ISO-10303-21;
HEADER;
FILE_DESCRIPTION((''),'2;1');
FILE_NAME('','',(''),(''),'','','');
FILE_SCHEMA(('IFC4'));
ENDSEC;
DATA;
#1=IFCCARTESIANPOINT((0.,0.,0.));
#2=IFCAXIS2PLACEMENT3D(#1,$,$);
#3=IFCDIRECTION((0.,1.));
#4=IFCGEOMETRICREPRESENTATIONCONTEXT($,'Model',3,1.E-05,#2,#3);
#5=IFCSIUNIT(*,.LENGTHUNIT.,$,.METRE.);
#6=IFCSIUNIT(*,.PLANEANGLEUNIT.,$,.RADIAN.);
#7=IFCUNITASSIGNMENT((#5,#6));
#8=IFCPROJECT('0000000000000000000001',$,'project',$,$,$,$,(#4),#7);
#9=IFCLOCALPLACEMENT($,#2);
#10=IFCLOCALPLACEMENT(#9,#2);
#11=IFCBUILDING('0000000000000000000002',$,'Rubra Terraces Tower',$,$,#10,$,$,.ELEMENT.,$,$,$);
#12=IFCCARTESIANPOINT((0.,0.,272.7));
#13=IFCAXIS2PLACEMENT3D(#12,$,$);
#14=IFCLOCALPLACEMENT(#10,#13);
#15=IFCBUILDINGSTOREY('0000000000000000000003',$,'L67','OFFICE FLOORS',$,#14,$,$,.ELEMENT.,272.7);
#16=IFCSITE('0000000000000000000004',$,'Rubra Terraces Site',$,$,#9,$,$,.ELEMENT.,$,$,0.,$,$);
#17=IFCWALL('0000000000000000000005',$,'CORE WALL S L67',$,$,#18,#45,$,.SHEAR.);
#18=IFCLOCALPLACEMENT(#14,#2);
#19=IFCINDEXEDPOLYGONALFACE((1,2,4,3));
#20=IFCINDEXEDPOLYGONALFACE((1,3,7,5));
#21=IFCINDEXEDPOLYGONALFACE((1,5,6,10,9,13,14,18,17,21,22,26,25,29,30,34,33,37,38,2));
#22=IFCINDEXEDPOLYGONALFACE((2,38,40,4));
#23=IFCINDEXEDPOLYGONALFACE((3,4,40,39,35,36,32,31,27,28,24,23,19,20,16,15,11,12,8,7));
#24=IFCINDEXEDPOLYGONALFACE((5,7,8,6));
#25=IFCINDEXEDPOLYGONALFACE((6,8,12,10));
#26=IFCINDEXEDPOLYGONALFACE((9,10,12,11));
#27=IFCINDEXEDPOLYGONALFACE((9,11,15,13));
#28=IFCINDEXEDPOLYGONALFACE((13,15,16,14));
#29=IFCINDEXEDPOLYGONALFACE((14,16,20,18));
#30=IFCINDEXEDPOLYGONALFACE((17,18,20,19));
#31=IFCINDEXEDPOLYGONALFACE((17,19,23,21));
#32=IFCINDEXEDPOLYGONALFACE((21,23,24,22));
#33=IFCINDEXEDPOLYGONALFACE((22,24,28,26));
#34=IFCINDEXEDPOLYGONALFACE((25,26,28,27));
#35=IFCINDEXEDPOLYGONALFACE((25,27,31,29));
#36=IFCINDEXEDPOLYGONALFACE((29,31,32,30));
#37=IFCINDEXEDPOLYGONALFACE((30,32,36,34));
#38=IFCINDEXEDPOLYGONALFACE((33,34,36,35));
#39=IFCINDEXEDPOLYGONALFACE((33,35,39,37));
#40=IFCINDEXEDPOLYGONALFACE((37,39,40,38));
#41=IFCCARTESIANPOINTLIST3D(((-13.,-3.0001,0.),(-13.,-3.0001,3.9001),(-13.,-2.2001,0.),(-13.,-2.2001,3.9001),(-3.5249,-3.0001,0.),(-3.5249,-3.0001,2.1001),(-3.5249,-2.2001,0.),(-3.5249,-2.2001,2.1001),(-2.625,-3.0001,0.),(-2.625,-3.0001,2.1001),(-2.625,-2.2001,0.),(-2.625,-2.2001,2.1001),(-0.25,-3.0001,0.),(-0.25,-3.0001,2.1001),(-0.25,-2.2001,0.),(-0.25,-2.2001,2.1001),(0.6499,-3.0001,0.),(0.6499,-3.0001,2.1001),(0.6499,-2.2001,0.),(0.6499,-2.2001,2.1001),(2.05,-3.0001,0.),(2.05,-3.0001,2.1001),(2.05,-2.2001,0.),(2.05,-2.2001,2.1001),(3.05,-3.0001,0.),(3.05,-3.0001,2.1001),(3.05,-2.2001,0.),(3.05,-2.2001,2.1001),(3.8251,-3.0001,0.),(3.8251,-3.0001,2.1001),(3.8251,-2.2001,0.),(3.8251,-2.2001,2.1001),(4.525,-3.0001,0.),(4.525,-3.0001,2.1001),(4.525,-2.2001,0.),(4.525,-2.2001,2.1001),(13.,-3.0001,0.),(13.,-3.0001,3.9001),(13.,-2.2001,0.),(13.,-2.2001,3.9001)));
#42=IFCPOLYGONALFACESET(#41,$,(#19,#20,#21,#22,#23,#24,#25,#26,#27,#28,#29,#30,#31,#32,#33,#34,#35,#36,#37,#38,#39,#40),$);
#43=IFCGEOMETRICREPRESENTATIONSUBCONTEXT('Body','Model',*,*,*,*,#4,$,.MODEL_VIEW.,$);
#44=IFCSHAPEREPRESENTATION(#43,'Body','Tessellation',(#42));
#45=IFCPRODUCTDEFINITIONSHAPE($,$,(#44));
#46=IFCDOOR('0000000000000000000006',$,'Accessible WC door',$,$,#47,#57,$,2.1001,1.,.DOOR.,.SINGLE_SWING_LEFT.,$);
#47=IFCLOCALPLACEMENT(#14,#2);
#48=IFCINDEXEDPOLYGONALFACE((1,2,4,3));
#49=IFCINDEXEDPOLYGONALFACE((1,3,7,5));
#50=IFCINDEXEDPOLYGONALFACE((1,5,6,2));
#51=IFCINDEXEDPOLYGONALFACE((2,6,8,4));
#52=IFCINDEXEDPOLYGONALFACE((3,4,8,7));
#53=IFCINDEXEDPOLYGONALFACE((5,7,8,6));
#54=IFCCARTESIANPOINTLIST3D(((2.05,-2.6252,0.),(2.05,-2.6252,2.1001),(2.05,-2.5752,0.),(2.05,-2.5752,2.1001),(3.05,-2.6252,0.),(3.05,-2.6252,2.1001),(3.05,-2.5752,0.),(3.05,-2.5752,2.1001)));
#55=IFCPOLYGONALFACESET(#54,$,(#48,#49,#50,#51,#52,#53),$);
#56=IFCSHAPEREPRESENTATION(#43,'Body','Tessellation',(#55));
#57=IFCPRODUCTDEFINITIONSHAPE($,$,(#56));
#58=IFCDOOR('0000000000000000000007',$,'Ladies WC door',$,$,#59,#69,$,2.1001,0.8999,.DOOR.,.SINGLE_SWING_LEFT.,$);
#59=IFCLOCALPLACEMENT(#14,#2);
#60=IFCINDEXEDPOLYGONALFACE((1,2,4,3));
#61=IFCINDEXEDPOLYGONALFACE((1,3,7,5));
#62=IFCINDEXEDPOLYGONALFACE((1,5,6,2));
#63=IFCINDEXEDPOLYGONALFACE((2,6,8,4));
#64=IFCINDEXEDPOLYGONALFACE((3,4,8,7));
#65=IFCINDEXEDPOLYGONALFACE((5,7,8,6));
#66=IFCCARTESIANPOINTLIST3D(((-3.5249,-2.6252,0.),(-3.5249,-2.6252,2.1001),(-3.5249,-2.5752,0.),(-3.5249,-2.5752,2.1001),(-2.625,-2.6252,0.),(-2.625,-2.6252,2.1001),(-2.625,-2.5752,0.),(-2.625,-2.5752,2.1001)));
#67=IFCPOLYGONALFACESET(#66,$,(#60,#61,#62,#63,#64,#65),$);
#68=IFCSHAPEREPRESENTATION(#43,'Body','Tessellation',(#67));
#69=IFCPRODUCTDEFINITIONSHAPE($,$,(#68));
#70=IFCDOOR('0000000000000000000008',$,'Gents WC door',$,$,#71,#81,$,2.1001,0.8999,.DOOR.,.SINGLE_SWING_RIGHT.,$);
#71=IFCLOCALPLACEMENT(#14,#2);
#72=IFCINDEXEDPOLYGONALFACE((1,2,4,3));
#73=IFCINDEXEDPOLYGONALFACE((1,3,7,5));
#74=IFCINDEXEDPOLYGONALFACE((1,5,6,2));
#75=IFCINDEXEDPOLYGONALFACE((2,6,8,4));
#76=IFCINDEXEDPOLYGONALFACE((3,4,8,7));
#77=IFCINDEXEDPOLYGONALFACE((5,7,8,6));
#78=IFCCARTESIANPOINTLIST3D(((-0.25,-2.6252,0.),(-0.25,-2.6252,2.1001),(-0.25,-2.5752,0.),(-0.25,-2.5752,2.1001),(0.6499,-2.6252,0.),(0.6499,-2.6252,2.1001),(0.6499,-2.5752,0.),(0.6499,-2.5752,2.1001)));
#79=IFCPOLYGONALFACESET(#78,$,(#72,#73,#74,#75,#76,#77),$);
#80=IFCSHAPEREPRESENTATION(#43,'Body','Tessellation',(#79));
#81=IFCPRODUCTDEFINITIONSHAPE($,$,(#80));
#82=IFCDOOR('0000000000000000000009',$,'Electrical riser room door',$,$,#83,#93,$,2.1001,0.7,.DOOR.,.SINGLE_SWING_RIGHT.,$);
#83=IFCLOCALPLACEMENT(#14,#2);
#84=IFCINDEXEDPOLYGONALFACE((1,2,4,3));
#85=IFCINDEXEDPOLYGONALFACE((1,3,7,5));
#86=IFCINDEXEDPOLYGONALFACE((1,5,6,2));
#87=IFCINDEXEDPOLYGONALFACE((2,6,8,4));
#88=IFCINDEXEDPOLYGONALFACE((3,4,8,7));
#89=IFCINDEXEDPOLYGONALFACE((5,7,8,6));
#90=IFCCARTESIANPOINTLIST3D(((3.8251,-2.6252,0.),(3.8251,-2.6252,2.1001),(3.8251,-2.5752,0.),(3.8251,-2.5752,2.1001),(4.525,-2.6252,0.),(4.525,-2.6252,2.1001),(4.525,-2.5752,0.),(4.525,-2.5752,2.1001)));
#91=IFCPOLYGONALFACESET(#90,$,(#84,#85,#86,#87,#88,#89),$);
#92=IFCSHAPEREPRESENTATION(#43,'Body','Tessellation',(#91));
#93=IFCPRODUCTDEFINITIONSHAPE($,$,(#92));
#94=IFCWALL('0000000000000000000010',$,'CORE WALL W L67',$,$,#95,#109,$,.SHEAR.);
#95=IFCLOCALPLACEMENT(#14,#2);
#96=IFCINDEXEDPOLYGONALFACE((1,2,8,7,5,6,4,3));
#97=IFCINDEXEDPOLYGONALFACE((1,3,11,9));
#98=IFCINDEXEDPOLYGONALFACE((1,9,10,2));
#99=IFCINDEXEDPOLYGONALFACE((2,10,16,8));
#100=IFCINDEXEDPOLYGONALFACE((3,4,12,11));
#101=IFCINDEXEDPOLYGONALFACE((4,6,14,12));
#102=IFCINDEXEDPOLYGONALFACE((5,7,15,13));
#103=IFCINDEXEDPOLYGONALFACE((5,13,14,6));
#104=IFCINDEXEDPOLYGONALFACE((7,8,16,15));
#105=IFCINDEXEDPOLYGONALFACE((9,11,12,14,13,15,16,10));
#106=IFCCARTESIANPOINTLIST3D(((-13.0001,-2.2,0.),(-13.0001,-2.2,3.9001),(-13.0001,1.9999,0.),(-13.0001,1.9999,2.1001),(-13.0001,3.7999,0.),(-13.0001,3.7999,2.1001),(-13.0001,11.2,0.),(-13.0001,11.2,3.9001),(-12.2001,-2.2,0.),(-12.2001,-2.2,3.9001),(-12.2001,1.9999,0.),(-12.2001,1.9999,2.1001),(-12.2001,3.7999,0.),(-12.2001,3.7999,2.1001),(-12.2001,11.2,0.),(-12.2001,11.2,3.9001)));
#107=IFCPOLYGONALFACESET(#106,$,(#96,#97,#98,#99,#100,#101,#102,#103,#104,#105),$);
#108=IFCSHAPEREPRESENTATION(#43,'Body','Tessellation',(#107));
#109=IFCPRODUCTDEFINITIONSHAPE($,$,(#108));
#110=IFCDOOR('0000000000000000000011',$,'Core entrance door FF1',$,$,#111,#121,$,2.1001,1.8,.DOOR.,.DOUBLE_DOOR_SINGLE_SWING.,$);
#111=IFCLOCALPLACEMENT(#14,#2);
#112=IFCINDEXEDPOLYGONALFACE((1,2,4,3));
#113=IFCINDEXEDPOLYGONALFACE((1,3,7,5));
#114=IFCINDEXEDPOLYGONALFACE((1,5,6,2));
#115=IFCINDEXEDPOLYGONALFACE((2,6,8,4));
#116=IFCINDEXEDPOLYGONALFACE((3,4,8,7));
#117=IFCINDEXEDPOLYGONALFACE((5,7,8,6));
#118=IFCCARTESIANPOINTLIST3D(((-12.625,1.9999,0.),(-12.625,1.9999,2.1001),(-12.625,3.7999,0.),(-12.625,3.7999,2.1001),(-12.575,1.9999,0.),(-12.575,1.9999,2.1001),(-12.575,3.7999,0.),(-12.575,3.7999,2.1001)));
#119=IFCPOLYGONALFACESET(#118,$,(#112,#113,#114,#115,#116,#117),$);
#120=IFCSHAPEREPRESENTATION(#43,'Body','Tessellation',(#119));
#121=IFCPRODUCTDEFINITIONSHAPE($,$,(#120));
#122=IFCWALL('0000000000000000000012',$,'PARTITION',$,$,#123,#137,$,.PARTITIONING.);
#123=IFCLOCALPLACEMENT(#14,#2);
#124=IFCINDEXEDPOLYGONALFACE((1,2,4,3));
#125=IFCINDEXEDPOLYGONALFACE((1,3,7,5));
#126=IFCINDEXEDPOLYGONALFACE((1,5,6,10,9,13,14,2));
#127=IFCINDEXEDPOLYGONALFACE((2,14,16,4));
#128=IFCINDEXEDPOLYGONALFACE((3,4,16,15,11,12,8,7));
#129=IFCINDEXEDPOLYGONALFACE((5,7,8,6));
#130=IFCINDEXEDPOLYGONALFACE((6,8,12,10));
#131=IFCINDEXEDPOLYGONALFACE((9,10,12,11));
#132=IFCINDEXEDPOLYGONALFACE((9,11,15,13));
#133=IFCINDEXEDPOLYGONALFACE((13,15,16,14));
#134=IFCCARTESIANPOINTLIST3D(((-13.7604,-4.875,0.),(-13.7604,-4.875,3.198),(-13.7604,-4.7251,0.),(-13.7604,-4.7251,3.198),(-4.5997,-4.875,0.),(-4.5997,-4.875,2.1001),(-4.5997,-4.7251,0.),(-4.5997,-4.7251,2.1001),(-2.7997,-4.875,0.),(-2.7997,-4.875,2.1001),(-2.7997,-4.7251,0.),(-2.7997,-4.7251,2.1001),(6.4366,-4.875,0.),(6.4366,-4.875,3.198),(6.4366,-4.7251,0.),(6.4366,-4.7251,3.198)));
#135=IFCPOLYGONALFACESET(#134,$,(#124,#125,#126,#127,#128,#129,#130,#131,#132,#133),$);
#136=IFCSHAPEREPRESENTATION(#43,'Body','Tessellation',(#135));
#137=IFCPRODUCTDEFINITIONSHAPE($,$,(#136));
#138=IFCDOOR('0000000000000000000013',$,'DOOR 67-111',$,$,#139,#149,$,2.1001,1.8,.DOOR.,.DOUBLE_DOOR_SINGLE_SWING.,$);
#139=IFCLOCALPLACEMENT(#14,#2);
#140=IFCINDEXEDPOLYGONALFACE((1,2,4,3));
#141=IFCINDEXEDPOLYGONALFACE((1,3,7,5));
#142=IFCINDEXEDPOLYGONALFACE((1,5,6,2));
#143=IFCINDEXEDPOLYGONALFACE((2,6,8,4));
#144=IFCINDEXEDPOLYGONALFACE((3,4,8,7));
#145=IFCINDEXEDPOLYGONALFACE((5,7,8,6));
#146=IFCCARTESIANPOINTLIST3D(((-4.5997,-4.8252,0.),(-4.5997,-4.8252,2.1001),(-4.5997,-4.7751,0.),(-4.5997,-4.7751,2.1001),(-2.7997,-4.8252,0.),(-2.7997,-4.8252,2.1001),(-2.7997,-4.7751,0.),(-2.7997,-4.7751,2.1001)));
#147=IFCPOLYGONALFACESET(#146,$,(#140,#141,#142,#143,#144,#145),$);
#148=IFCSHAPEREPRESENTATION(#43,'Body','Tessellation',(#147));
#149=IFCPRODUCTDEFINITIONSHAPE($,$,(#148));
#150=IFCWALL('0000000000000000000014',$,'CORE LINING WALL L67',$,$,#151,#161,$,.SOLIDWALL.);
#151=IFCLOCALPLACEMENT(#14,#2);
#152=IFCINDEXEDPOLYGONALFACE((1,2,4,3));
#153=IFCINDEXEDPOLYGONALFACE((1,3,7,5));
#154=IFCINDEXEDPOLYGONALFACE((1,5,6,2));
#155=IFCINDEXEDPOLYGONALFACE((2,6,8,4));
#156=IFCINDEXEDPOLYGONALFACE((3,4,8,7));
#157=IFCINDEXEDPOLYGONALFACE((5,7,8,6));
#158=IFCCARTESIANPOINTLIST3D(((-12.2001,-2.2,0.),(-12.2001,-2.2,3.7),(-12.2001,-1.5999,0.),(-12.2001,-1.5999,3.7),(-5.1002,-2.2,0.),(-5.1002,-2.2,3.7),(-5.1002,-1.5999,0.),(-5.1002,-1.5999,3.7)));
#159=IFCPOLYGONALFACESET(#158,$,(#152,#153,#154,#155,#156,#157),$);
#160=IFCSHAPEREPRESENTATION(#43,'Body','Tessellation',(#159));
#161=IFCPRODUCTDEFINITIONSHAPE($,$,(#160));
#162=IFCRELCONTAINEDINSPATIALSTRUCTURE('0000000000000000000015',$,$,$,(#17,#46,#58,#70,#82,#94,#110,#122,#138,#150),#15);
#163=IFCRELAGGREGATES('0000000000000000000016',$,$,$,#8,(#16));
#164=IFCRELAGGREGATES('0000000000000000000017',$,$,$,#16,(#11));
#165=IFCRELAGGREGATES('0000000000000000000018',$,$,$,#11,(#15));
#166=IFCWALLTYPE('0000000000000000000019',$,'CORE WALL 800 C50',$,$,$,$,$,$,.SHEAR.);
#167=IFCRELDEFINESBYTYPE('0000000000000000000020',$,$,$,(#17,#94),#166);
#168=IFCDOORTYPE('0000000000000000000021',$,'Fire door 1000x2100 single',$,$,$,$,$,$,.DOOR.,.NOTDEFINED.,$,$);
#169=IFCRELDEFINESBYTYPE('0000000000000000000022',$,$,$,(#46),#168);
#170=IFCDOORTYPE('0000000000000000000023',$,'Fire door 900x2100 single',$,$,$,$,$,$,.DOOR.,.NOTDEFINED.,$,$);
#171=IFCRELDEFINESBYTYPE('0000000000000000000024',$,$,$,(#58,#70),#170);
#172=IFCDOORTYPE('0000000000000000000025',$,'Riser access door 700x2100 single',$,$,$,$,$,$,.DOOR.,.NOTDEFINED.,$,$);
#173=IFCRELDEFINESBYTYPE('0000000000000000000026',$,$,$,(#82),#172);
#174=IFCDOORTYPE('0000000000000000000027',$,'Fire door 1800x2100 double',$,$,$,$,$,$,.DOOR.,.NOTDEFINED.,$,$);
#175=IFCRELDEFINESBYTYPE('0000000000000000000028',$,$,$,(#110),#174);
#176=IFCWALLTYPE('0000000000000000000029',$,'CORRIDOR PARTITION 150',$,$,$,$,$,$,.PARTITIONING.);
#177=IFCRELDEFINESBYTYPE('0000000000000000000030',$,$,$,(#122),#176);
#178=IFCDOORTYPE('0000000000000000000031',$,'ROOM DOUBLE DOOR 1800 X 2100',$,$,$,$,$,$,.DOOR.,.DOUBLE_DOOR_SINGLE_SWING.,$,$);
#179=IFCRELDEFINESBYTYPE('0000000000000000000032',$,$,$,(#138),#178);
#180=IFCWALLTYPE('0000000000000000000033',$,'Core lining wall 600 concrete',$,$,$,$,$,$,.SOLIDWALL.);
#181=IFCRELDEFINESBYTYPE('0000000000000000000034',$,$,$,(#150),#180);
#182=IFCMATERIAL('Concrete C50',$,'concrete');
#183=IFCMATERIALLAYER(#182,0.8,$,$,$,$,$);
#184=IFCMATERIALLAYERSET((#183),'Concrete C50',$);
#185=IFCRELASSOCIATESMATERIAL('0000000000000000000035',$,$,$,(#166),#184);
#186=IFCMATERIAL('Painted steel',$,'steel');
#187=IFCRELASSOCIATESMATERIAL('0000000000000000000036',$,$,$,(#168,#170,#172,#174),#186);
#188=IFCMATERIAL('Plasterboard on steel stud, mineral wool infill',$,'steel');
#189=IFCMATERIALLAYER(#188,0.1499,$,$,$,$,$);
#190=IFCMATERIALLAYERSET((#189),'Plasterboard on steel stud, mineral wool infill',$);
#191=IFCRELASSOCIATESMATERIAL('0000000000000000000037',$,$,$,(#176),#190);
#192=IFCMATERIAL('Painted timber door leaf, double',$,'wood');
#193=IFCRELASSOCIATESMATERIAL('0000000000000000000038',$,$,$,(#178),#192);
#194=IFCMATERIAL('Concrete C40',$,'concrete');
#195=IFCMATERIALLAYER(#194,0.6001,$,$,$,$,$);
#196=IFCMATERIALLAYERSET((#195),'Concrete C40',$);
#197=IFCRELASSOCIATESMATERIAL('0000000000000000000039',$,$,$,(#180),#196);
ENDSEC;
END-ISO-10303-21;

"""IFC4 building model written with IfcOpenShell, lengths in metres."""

from ifc_helpers import new_model, si_unit, direction, frame, frame_2d, origin, place, context, subcontext, project, spatial, rectangle, extrude, material, layer, layer_set, type_object, element, fill, save


model = new_model("IFC4")

# Units and contexts
model_context = context("Model", 3, precision=1e-05, world=origin(), true_north=direction((0.0, 1.0)))
body_context = subcontext(model_context, "Body", "Model", "MODEL_VIEW")
ifc_project = project(units=[si_unit("LENGTHUNIT", "METRE"), si_unit("PLANEANGLEUNIT", "RADIAN")], contexts=[model_context])

# Site, building, storey
site_placement = place(None, origin())
site = spatial("IfcSite", under=ifc_project, at=site_placement, Name="Rubra Terraces Site", CompositionType="ELEMENT", RefElevation=0.0)
building_placement = place(site_placement, origin())
building = spatial("IfcBuilding", under=site, at=building_placement, Name="Rubra Terraces Tower", CompositionType="ELEMENT")
storey_placement = place(building_placement, frame((0.0, 0.0, 272.7)))
storey = spatial("IfcBuildingStorey", under=building, at=storey_placement, Name="L67", Description="OFFICE FLOORS", CompositionType="ELEMENT", Elevation=272.7)

# Wall, openings, doors
ifc_material_1 = material(Name="Concrete C50", Category="concrete")
ifc_layer_1 = layer(ifc_material_1, 0.8)
ifc_layer_set_1 = layer_set([ifc_layer_1], Name="Concrete C50")
wall_type_1 = type_object("IfcWallType", Name="CORE WALL 800 C50", PredefinedType="SHEAR", material=ifc_layer_set_1)
wall_1_placement = place(storey_placement, frame((-13.0, -2.6001, 0.0), z_axis=(0.0, 0.0, 1.0), x_axis=(1.0, 0.0, 0.0)))
wall_1 = element("IfcWall", 1, at=wall_1_placement, inside=storey, type_object=wall_type_1, Name="CORE WALL S L67", PredefinedType="SHEAR", context=body_context, shape_type="SweptSolid", body=[
    extrude(rectangle(XDim=26.0, YDim=0.8, at=frame_2d((13.0, 0.0))), origin(), (0.0, 0.0, 1.0), 3.9001),
])
opening_1_placement = place(wall_1_placement, frame((9.4751, 0.0, 0.0)))
opening_1 = element("IfcOpeningElement", 2, at=opening_1_placement, cuts=wall_1, PredefinedType="OPENING", context=body_context, shape_type="SweptSolid", body=[
    extrude(rectangle(XDim=0.8999, YDim=2.1001, at=frame_2d((0.45, 1.05))), frame((0.0, 0.4099, 0.0), z_axis=(0.0, -1.0, 0.0), x_axis=(1.0, 0.0, 0.0)), (0.0, 0.0, 1.0), 0.8201),
])
opening_2_placement = place(wall_1_placement, frame((12.75, 0.0, 0.0)))
opening_2 = element("IfcOpeningElement", 3, at=opening_2_placement, cuts=wall_1, PredefinedType="OPENING", context=body_context, shape_type="SweptSolid", body=[
    extrude(rectangle(XDim=0.8999, YDim=2.1001, at=frame_2d((0.45, 1.05))), frame((0.0, 0.4099, 0.0), z_axis=(0.0, -1.0, 0.0), x_axis=(1.0, 0.0, 0.0)), (0.0, 0.0, 1.0), 0.8201),
])
opening_3_placement = place(wall_1_placement, frame((15.05, 0.0, 0.0)))
opening_3 = element("IfcOpeningElement", 4, at=opening_3_placement, cuts=wall_1, PredefinedType="OPENING", context=body_context, shape_type="SweptSolid", body=[
    extrude(rectangle(XDim=1.0, YDim=2.1001, at=frame_2d((0.5, 1.05))), frame((0.0, 0.4099, 0.0), z_axis=(0.0, -1.0, 0.0), x_axis=(1.0, 0.0, 0.0)), (0.0, 0.0, 1.0), 0.8201),
])
opening_4_placement = place(wall_1_placement, frame((16.825, 0.0, 0.0)))
opening_4 = element("IfcOpeningElement", 5, at=opening_4_placement, cuts=wall_1, PredefinedType="OPENING", context=body_context, shape_type="SweptSolid", body=[
    extrude(rectangle(XDim=0.7, YDim=2.1001, at=frame_2d((0.3501, 1.05))), frame((0.0, 0.4099, 0.0), z_axis=(0.0, -1.0, 0.0), x_axis=(1.0, 0.0, 0.0)), (0.0, 0.0, 1.0), 0.8201),
])
ifc_material_2 = material(Name="Painted steel", Category="steel")
door_type_1 = type_object("IfcDoorType", Name="Fire door 1000x2100 single", OperationType="NOTDEFINED", PredefinedType="DOOR", material=ifc_material_2)
door_1_placement = place(opening_3_placement, origin())
door_1 = element("IfcDoor", 6, at=door_1_placement, inside=storey, type_object=door_type_1, Name="Accessible WC door", OperationType="SINGLE_SWING_LEFT", OverallHeight=2.1001, OverallWidth=1.0, PredefinedType="DOOR", context=body_context, shape_type="SweptSolid", body=[
    extrude(rectangle(XDim=1.0, YDim=2.1001, at=frame_2d((0.5, 1.05))), frame((0.0, 0.0249, 0.0), z_axis=(0.0, -1.0, 0.0), x_axis=(1.0, 0.0, 0.0)), (0.0, 0.0, 1.0), 0.05),
])
fill(opening_3, door_1)
door_type_2 = type_object("IfcDoorType", Name="Fire door 900x2100 single", OperationType="NOTDEFINED", PredefinedType="DOOR", material=ifc_material_2)
door_2_placement = place(opening_1_placement, origin())
door_2 = element("IfcDoor", 7, at=door_2_placement, inside=storey, type_object=door_type_2, Name="Ladies WC door", OperationType="SINGLE_SWING_LEFT", OverallHeight=2.1001, OverallWidth=0.8999, PredefinedType="DOOR", context=body_context, shape_type="SweptSolid", body=[
    extrude(rectangle(XDim=0.8999, YDim=2.1001, at=frame_2d((0.45, 1.05))), frame((0.0, 0.0249, 0.0), z_axis=(0.0, -1.0, 0.0), x_axis=(1.0, 0.0, 0.0)), (0.0, 0.0, 1.0), 0.05),
])
fill(opening_1, door_2)
door_3_placement = place(opening_2_placement, origin())
door_3 = element("IfcDoor", 8, at=door_3_placement, inside=storey, type_object=door_type_2, Name="Gents WC door", OperationType="SINGLE_SWING_RIGHT", OverallHeight=2.1001, OverallWidth=0.8999, PredefinedType="DOOR", context=body_context, shape_type="SweptSolid", body=[
    extrude(rectangle(XDim=0.8999, YDim=2.1001, at=frame_2d((0.45, 1.05))), frame((0.0, 0.0249, 0.0), z_axis=(0.0, -1.0, 0.0), x_axis=(1.0, 0.0, 0.0)), (0.0, 0.0, 1.0), 0.05),
])
fill(opening_2, door_3)
door_type_3 = type_object("IfcDoorType", Name="Riser access door 700x2100 single", OperationType="NOTDEFINED", PredefinedType="DOOR", material=ifc_material_2)
door_4_placement = place(opening_4_placement, origin())
door_4 = element("IfcDoor", 9, at=door_4_placement, inside=storey, type_object=door_type_3, Name="Electrical riser room door", OperationType="SINGLE_SWING_RIGHT", OverallHeight=2.1001, OverallWidth=0.7, PredefinedType="DOOR", context=body_context, shape_type="SweptSolid", body=[
    extrude(rectangle(XDim=0.7, YDim=2.1001, at=frame_2d((0.3501, 1.05))), frame((0.0, 0.0249, 0.0), z_axis=(0.0, -1.0, 0.0), x_axis=(1.0, 0.0, 0.0)), (0.0, 0.0, 1.0), 0.05),
])
fill(opening_4, door_4)

# Walls, openings, doors
wall_2_placement = place(storey_placement, frame((-12.6001, -2.2, 0.0), z_axis=(0.0, 0.0, 1.0), x_axis=(0.0, 1.0, 0.0)))
wall_2 = element("IfcWall", 10, at=wall_2_placement, inside=storey, type_object=wall_type_1, Name="CORE WALL W L67", PredefinedType="SHEAR", context=body_context, shape_type="SweptSolid", body=[
    extrude(rectangle(XDim=13.3999, YDim=0.8, at=frame_2d((6.7, 0.0))), origin(), (0.0, 0.0, 1.0), 3.9001),
])
opening_5_placement = place(wall_2_placement, frame((4.2, 0.0, 0.0)))
opening_5 = element("IfcOpeningElement", 11, at=opening_5_placement, cuts=wall_2, PredefinedType="OPENING", context=body_context, shape_type="SweptSolid", body=[
    extrude(rectangle(XDim=1.8, YDim=2.1001, at=frame_2d((0.8999, 1.05))), frame((0.0, 0.4099, 0.0), z_axis=(0.0, -1.0, 0.0), x_axis=(1.0, 0.0, 0.0)), (0.0, 0.0, 1.0), 0.8201),
])
door_type_4 = type_object("IfcDoorType", Name="Fire door 1800x2100 double", OperationType="NOTDEFINED", PredefinedType="DOOR", material=ifc_material_2)
door_5_placement = place(opening_5_placement, origin())
door_5 = element("IfcDoor", 12, at=door_5_placement, inside=storey, type_object=door_type_4, Name="Core entrance door FF1", OperationType="DOUBLE_DOOR_SINGLE_SWING", OverallHeight=2.1001, OverallWidth=1.8, PredefinedType="DOOR", context=body_context, shape_type="SweptSolid", body=[
    extrude(rectangle(XDim=1.8, YDim=2.1001, at=frame_2d((0.8999, 1.05))), frame((0.0, 0.0249, 0.0), z_axis=(0.0, -1.0, 0.0), x_axis=(1.0, 0.0, 0.0)), (0.0, 0.0, 1.0), 0.05),
])
fill(opening_5, door_5)
ifc_material_3 = material(Name="Plasterboard on steel stud, mineral wool infill", Category="steel")
ifc_layer_2 = layer(ifc_material_3, 0.1499)
ifc_layer_set_2 = layer_set([ifc_layer_2], Name="Plasterboard on steel stud, mineral wool infill")
wall_type_2 = type_object("IfcWallType", Name="CORRIDOR PARTITION 150", PredefinedType="PARTITIONING", material=ifc_layer_set_2)
wall_3_placement = place(storey_placement, frame((-13.7605, -4.8, 0.0), z_axis=(0.0, 0.0, 1.0), x_axis=(1.0, 0.0, 0.0)))
wall_3 = element("IfcWall", 13, at=wall_3_placement, inside=storey, type_object=wall_type_2, Name="PARTITION", PredefinedType="PARTITIONING", context=body_context, shape_type="SweptSolid", body=[
    extrude(rectangle(XDim=20.197, YDim=0.1499, at=frame_2d((10.0986, 0.0))), origin(), (0.0, 0.0, 1.0), 3.198),
])
opening_6_placement = place(wall_3_placement, frame((9.1609, 0.0, 0.0)))
opening_6 = element("IfcOpeningElement", 14, at=opening_6_placement, cuts=wall_3, PredefinedType="OPENING", context=body_context, shape_type="SweptSolid", body=[
    extrude(rectangle(XDim=1.8, YDim=2.1001, at=frame_2d((0.8999, 1.05))), frame((0.0, 0.085, 0.0), z_axis=(0.0, -1.0, 0.0), x_axis=(1.0, 0.0, 0.0)), (0.0, 0.0, 1.0), 0.1699),
])
ifc_material_4 = material(Name="Painted timber door leaf, double", Category="wood")
door_type_5 = type_object("IfcDoorType", Name="ROOM DOUBLE DOOR 1800 X 2100", OperationType="DOUBLE_DOOR_SINGLE_SWING", PredefinedType="DOOR", material=ifc_material_4)
door_6_placement = place(opening_6_placement, origin())
door_6 = element("IfcDoor", 15, at=door_6_placement, inside=storey, type_object=door_type_5, Name="DOOR 67-111", OperationType="DOUBLE_DOOR_SINGLE_SWING", OverallHeight=2.1001, OverallWidth=1.8, PredefinedType="DOOR", context=body_context, shape_type="SweptSolid", body=[
    extrude(rectangle(XDim=1.8, YDim=2.1001, at=frame_2d((0.8999, 1.05))), frame((0.0, 0.0249, 0.0), z_axis=(0.0, -1.0, 0.0), x_axis=(1.0, 0.0, 0.0)), (0.0, 0.0, 1.0), 0.05),
])
fill(opening_6, door_6)

# Wall
ifc_material_5 = material(Name="Concrete C40", Category="concrete")
ifc_layer_3 = layer(ifc_material_5, 0.6001)
ifc_layer_set_3 = layer_set([ifc_layer_3], Name="Concrete C40")
wall_type_3 = type_object("IfcWallType", Name="Core lining wall 600 concrete", PredefinedType="SOLIDWALL", material=ifc_layer_set_3)
wall_4_placement = place(storey_placement, frame((-12.2, -1.8999, 0.0), z_axis=(0.0, 0.0, 1.0), x_axis=(1.0, 0.0, 0.0)))
element("IfcWall", 16, at=wall_4_placement, inside=storey, type_object=wall_type_3, Name="CORE LINING WALL L67", PredefinedType="SOLIDWALL", context=body_context, shape_type="SweptSolid", body=[
    extrude(rectangle(XDim=7.0999, YDim=0.6001, at=frame_2d((3.5498, 0.0))), origin(), (0.0, 0.0, 1.0), 3.7),
])

save(model, "model.ifc")
